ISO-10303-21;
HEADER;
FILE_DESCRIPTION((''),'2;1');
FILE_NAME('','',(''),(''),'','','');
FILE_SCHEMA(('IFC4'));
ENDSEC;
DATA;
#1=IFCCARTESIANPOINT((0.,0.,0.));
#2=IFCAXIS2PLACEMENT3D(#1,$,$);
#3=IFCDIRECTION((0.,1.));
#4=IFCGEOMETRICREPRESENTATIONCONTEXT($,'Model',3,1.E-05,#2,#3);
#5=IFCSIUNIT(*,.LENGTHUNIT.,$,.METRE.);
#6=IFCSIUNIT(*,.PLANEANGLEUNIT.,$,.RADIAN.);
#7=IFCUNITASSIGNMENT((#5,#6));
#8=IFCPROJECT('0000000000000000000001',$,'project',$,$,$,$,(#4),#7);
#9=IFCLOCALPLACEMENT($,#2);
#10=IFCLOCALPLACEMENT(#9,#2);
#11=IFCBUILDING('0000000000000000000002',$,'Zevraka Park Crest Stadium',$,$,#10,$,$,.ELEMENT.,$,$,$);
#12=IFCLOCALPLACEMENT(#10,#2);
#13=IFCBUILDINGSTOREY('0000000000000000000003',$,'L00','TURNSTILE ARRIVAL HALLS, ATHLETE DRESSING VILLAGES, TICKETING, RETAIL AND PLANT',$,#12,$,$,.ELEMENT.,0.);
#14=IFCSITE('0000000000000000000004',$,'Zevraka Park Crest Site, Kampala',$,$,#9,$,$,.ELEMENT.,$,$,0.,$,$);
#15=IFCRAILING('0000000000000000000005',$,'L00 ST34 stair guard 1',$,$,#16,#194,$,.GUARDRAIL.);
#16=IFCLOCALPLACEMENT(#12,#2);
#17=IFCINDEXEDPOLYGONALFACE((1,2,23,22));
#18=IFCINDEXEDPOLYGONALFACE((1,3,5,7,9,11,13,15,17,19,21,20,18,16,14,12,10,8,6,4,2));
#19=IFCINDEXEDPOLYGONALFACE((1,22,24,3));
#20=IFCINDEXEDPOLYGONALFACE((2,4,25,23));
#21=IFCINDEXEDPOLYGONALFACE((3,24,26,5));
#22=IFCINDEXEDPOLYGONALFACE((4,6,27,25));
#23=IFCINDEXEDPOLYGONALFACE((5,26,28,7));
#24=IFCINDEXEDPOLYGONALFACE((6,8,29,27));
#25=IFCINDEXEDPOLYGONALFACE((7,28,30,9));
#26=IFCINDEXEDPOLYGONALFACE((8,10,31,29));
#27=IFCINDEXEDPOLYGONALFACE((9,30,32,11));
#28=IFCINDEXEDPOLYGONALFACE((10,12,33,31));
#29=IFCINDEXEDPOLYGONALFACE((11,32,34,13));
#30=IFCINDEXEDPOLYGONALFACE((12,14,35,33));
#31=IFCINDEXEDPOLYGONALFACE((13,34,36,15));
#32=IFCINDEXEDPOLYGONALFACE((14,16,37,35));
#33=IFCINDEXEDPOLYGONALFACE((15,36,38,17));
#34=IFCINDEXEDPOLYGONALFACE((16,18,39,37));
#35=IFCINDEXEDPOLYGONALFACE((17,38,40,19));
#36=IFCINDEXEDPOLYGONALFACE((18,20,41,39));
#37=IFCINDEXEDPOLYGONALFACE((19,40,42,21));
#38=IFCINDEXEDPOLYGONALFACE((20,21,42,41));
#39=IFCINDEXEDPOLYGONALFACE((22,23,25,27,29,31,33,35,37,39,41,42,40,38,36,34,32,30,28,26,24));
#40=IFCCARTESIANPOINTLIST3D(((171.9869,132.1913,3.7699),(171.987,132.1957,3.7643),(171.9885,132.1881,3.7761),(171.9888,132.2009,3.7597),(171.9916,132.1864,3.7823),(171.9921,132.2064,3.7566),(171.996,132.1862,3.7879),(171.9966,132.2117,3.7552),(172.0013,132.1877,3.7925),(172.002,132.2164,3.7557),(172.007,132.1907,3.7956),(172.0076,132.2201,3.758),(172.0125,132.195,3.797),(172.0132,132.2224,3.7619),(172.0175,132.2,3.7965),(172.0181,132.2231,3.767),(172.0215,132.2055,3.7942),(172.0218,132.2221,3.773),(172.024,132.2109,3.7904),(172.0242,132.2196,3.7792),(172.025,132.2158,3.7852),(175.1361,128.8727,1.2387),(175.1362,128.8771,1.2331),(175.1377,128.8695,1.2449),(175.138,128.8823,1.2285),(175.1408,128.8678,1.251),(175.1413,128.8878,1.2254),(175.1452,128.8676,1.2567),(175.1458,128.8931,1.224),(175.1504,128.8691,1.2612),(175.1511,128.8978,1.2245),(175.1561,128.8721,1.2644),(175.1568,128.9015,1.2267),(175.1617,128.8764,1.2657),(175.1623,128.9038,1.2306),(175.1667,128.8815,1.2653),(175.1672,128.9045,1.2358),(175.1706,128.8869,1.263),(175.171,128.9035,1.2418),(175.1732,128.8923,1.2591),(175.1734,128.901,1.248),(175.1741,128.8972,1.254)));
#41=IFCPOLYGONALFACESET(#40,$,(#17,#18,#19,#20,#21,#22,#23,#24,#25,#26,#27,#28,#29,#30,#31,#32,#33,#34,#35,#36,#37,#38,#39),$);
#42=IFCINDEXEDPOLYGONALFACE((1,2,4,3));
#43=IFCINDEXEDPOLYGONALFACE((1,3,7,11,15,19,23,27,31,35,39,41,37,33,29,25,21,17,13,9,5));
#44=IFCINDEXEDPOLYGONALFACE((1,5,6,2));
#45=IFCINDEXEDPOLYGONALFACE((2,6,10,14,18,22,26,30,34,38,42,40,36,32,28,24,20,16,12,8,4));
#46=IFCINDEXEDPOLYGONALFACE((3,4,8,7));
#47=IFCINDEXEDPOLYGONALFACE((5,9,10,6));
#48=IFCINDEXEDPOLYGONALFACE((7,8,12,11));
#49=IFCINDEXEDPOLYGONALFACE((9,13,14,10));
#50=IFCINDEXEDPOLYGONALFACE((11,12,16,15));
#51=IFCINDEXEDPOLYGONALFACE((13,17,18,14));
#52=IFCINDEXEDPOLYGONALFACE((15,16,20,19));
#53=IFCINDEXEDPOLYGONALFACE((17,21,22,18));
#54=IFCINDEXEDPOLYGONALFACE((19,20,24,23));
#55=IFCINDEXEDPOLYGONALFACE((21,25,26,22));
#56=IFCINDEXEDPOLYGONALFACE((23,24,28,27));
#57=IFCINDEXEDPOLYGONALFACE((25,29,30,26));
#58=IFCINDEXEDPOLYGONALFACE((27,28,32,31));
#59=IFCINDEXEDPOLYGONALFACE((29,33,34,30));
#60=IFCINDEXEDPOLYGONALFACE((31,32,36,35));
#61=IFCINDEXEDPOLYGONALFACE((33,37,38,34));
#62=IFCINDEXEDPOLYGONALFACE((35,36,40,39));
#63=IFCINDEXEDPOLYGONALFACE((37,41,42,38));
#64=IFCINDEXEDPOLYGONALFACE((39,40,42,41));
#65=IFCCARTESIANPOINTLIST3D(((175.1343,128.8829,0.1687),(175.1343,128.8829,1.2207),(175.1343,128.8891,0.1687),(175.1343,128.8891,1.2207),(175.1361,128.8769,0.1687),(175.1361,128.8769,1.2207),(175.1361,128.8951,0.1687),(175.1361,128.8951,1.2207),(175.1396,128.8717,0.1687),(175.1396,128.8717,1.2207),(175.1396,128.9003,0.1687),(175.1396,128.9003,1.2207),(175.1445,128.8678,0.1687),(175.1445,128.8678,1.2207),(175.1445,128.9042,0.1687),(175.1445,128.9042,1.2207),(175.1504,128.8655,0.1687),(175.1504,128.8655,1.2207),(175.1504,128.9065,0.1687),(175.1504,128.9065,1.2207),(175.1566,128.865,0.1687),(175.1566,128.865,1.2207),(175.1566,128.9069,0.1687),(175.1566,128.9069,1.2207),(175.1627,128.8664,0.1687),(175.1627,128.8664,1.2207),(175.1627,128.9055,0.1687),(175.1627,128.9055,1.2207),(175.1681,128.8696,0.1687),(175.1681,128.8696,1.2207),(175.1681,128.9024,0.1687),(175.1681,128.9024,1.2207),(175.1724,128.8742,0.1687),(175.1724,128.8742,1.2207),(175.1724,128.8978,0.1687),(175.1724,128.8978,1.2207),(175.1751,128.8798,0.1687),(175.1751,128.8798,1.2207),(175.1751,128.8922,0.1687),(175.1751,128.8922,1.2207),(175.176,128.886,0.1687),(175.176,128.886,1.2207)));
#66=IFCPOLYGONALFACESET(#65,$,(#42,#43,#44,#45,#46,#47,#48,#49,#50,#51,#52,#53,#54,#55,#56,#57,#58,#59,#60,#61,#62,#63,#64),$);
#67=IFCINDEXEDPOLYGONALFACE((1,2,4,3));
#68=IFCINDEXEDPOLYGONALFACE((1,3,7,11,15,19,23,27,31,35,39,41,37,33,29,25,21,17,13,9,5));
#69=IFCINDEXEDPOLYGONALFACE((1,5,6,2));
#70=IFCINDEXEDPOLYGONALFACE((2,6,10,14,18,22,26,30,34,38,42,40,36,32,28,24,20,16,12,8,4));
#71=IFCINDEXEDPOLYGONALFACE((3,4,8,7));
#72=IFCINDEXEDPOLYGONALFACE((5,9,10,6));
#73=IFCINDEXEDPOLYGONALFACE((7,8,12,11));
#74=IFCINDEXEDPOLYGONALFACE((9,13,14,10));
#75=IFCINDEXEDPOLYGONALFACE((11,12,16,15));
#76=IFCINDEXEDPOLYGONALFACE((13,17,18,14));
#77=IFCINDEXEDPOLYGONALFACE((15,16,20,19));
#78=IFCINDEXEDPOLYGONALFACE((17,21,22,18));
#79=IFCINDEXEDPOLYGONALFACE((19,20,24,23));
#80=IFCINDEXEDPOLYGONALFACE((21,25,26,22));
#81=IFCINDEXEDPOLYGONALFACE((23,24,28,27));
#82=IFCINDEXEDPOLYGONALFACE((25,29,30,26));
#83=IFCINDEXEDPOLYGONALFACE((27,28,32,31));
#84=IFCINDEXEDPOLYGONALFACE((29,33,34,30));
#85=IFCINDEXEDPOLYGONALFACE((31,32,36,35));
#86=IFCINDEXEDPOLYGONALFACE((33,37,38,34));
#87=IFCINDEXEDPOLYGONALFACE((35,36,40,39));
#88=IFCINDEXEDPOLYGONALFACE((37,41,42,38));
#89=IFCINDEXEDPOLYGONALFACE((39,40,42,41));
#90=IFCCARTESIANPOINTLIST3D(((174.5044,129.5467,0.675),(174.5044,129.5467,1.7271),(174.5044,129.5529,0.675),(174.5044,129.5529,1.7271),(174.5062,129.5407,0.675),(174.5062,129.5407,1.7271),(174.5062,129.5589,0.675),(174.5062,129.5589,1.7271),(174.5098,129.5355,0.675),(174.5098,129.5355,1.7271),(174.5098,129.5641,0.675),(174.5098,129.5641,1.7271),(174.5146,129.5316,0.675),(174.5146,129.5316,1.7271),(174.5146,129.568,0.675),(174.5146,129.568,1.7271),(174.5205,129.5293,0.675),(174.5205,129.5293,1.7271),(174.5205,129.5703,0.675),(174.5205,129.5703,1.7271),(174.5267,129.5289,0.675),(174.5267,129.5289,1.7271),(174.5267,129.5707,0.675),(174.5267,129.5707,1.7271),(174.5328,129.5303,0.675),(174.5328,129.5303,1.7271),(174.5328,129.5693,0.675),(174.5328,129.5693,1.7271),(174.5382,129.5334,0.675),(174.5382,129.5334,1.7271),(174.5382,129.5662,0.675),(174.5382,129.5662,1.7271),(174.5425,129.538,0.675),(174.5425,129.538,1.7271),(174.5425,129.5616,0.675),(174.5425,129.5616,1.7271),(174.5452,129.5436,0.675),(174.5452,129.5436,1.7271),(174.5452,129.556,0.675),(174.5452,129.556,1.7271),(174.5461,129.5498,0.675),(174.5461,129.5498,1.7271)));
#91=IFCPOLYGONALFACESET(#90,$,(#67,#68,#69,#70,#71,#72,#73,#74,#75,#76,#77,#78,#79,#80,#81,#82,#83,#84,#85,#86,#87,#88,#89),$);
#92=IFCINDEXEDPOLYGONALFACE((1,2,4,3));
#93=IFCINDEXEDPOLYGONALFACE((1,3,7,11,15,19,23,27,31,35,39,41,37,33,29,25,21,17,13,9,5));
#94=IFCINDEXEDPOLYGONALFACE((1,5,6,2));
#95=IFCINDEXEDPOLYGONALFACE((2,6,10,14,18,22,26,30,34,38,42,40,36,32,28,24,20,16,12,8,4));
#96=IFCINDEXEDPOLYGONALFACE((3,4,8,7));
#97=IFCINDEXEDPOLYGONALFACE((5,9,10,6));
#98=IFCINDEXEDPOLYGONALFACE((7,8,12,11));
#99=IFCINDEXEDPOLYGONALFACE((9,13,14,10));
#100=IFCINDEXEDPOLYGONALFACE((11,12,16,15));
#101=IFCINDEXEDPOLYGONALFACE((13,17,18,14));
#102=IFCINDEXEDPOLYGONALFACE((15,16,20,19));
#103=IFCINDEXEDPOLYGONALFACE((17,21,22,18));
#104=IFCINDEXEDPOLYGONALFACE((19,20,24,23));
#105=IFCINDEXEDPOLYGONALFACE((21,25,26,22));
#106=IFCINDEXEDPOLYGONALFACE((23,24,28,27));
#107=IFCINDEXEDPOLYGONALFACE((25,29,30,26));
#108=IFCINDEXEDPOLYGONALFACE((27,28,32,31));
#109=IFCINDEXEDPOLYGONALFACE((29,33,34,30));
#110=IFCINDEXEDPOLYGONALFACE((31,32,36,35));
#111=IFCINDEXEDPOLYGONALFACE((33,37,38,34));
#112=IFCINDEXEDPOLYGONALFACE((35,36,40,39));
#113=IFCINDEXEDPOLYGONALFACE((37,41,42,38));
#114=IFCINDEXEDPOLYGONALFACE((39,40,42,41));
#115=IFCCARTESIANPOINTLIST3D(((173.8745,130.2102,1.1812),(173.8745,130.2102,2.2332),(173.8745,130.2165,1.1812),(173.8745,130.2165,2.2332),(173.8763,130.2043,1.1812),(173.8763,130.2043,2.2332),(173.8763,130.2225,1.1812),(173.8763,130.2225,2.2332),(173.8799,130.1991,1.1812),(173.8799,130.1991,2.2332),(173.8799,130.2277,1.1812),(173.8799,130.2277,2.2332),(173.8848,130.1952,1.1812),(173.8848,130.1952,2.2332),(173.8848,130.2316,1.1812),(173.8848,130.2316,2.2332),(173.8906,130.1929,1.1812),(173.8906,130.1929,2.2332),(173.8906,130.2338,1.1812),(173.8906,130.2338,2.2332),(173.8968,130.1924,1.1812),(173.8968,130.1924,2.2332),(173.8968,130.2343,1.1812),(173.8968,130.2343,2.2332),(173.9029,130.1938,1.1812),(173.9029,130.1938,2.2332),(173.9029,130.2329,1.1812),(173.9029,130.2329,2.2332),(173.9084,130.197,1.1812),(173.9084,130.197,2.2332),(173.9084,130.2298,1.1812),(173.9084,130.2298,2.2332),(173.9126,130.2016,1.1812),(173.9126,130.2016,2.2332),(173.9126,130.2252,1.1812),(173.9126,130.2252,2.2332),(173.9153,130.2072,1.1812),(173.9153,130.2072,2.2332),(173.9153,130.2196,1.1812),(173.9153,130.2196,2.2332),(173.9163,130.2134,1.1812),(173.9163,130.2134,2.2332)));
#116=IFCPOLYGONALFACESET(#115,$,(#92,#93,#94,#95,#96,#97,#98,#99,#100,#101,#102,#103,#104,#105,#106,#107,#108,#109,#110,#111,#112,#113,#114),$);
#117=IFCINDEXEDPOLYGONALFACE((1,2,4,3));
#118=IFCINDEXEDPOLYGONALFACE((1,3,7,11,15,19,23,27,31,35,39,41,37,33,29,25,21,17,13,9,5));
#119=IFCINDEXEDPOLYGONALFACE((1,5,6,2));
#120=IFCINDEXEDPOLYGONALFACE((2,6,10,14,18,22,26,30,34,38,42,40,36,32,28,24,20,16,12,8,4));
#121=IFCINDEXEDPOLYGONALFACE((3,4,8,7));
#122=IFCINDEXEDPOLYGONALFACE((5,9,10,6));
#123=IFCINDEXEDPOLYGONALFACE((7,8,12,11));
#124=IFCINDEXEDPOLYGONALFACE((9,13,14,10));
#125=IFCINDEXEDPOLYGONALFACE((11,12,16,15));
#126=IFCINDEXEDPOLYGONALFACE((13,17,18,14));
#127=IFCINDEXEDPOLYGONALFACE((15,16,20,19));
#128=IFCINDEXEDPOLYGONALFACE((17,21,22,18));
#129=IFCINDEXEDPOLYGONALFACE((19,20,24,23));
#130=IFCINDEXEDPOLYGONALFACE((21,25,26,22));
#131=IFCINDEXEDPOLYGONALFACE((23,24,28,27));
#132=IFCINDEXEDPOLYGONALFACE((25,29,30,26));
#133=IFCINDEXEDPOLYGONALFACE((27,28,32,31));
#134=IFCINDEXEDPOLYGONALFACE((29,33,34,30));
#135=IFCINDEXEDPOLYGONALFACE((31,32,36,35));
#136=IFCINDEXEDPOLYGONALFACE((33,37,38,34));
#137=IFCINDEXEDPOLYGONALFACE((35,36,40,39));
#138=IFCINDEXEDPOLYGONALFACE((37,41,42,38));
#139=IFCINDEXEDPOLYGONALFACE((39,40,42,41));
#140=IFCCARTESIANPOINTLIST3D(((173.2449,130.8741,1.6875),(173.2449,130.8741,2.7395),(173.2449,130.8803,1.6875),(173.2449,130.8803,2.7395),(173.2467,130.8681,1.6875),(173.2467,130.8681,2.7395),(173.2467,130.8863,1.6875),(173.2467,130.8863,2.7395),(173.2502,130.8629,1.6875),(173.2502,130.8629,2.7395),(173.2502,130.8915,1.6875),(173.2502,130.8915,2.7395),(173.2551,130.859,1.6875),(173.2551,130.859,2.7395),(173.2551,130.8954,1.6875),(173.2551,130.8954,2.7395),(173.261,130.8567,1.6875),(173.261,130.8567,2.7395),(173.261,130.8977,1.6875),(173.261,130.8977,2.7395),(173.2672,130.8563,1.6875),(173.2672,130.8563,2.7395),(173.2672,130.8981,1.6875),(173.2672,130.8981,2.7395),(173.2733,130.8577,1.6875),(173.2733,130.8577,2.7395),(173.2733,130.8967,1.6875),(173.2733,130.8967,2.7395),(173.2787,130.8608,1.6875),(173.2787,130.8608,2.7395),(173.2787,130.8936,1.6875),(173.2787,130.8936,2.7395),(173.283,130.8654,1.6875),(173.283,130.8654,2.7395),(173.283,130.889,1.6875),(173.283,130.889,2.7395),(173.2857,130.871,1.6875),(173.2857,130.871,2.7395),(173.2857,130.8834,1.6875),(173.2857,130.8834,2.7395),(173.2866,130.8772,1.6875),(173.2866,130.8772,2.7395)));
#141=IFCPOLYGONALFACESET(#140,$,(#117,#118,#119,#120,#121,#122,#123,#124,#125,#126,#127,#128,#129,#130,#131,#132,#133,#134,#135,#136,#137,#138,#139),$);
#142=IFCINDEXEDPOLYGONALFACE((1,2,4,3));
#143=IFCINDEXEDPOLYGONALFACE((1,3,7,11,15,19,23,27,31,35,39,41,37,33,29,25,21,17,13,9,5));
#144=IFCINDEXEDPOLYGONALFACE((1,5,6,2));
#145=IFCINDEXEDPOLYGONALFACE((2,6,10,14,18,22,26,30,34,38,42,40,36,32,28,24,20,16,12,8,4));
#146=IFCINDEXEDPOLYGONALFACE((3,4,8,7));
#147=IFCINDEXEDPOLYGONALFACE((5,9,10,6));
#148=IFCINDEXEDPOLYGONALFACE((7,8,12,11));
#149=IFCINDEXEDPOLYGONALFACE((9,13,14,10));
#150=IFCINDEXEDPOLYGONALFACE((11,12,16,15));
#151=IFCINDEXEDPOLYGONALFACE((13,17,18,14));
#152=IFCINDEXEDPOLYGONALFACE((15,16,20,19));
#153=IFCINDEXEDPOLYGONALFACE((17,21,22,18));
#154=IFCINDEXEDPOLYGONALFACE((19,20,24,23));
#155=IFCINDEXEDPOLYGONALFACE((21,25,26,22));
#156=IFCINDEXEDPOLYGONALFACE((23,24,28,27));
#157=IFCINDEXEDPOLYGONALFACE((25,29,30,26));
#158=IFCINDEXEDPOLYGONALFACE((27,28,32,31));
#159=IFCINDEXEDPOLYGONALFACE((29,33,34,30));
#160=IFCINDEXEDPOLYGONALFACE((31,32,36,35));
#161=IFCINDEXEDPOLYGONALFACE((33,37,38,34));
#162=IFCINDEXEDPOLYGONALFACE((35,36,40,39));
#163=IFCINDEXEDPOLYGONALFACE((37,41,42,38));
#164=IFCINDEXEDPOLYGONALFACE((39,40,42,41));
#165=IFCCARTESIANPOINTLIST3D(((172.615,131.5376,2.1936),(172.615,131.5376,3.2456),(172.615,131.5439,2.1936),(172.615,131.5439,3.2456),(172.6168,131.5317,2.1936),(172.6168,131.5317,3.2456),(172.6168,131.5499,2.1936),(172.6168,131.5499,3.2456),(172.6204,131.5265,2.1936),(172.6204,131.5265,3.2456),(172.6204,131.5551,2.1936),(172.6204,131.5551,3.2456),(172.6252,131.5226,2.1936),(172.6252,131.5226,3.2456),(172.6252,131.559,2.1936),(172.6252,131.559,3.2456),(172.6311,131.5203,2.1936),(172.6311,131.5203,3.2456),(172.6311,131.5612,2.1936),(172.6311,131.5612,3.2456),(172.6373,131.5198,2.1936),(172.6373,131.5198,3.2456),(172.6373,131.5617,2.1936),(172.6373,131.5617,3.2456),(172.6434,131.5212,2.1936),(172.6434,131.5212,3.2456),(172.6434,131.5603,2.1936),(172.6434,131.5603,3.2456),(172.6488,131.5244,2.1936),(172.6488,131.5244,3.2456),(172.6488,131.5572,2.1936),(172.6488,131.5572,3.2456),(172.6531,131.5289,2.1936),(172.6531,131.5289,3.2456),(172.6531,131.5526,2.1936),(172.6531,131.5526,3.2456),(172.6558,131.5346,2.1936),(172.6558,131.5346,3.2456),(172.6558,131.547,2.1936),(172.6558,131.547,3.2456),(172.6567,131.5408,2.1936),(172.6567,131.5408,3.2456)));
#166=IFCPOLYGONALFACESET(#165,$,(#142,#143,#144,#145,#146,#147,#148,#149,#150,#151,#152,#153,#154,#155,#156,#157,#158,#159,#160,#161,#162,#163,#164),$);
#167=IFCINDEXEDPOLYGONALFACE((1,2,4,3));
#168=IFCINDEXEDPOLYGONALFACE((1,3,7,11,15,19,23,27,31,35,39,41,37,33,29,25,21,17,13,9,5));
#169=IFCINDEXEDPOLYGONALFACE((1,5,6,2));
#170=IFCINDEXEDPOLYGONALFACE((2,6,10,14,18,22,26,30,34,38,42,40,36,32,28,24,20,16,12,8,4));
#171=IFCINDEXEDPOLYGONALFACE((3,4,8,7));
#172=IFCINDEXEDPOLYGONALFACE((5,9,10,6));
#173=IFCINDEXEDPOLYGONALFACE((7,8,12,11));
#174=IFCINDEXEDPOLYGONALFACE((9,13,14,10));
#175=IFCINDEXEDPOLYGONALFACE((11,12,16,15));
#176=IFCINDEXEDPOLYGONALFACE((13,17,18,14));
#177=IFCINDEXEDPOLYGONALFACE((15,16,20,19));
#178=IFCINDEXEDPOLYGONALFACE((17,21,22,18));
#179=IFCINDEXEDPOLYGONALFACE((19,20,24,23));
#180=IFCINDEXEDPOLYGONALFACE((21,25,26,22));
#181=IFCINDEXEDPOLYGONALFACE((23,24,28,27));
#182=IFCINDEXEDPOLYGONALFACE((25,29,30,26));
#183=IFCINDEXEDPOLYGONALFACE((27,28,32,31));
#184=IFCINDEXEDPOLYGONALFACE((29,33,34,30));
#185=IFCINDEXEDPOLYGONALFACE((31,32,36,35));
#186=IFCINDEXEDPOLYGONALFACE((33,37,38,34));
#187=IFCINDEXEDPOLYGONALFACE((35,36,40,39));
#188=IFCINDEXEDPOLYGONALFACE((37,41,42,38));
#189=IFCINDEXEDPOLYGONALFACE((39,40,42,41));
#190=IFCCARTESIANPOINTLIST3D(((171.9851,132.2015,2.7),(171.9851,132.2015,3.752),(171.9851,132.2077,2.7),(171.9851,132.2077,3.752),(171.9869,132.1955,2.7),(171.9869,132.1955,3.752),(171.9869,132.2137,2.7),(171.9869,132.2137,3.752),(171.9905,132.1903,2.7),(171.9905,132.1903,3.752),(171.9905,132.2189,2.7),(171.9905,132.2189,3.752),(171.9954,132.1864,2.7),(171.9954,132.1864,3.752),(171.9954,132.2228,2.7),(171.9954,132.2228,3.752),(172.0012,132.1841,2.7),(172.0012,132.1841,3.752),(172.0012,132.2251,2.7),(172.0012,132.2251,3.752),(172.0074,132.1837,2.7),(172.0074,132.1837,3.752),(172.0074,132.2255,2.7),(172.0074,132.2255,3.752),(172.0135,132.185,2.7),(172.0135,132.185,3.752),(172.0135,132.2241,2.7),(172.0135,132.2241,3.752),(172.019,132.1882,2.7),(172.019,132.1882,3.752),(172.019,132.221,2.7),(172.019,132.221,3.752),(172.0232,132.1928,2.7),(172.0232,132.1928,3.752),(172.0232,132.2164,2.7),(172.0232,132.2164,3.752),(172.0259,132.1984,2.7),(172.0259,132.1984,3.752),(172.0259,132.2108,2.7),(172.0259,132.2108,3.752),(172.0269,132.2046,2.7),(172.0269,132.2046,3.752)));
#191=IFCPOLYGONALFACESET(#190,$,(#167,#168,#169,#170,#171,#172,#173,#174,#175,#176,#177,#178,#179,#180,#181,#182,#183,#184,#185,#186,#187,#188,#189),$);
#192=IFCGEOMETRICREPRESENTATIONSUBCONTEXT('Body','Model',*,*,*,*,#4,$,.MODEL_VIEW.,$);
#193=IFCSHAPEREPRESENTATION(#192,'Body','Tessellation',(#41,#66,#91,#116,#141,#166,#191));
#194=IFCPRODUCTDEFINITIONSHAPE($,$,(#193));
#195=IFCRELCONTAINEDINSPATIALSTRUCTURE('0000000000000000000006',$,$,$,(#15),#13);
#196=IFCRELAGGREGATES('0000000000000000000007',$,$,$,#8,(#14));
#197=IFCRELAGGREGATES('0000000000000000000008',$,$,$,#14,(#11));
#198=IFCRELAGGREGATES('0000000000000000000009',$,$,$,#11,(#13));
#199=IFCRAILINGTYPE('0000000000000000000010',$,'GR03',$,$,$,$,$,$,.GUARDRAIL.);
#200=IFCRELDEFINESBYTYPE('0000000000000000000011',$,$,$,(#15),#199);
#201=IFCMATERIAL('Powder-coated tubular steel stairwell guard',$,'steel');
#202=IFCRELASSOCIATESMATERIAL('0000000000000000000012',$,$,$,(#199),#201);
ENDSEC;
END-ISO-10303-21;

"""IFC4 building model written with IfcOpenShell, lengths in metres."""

from ifc_helpers import new_model, si_unit, direction, frame, origin, origin_2d, place, context, subcontext, project, spatial, circle, extrude, material, type_object, element, save


model = new_model("IFC4")

# Units and contexts
model_context = context("Model", 3, precision=1e-05, world=origin(), true_north=direction((0.0, 1.0)))
body_context = subcontext(model_context, "Body", "Model", "MODEL_VIEW")
ifc_project = project(units=[si_unit("LENGTHUNIT", "METRE"), si_unit("PLANEANGLEUNIT", "RADIAN")], contexts=[model_context])

# Site, building, storey
site_placement = place(None, origin())
site = spatial("IfcSite", under=ifc_project, at=site_placement, Name="Zevraka Park Crest Site, Kampala", CompositionType="ELEMENT", RefElevation=0.0)
building_placement = place(site_placement, origin())
building = spatial("IfcBuilding", under=site, at=building_placement, Name="Zevraka Park Crest Stadium", CompositionType="ELEMENT")
storey_placement = place(building_placement, origin())
storey = spatial("IfcBuildingStorey", under=building, at=storey_placement, Name="L00", Description="TURNSTILE ARRIVAL HALLS, ATHLETE DRESSING VILLAGES, TICKETING, RETAIL AND PLANT", CompositionType="ELEMENT", Elevation=0.0)

# Railing
ifc_material_1 = material(Name="Powder-coated tubular steel stairwell guard", Category="steel")
railing_type_1 = type_object("IfcRailingType", Name="GR03", PredefinedType="GUARDRAIL", material=ifc_material_1)
railing_1_placement = place(storey_placement, frame((175.155, 128.886, 0.1687)))
element("IfcRailing", 1, at=railing_1_placement, inside=storey, type_object=railing_type_1, Name="L00 ST34 stair guard 1", PredefinedType="GUARDRAIL", context=body_context, shape_type="SweptSolid", body=[
    extrude(circle(Radius=0.0239, at=origin_2d()), frame((0.0, 0.0, 1.0762), z_axis=(-0.602304, 0.634709, 0.484122), x_axis=(-0.725382, -0.688347, 0.0)), (0.0, 0.0, 1.0), 5.2285),
    extrude(circle(Radius=0.021, at=origin_2d()), origin(), (0.0, 0.0, 1.0), 1.052),
    extrude(circle(Radius=0.021, at=origin_2d()), frame((-0.6299, 0.6638, 0.5063)), (0.0, 0.0, 1.0), 1.052),
    extrude(circle(Radius=0.021, at=origin_2d()), frame((-1.2598, 1.3274, 1.0125)), (0.0, 0.0, 1.0), 1.052),
    extrude(circle(Radius=0.021, at=origin_2d()), frame((-1.8894, 1.9912, 1.5188)), (0.0, 0.0, 1.0), 1.052),
    extrude(circle(Radius=0.021, at=origin_2d()), frame((-2.5193, 2.6548, 2.0249)), (0.0, 0.0, 1.0), 1.052),
    extrude(circle(Radius=0.021, at=origin_2d()), frame((-3.1492, 3.3186, 2.5312)), (0.0, 0.0, 1.0), 1.052),
])

save(model, "model.ifc")
